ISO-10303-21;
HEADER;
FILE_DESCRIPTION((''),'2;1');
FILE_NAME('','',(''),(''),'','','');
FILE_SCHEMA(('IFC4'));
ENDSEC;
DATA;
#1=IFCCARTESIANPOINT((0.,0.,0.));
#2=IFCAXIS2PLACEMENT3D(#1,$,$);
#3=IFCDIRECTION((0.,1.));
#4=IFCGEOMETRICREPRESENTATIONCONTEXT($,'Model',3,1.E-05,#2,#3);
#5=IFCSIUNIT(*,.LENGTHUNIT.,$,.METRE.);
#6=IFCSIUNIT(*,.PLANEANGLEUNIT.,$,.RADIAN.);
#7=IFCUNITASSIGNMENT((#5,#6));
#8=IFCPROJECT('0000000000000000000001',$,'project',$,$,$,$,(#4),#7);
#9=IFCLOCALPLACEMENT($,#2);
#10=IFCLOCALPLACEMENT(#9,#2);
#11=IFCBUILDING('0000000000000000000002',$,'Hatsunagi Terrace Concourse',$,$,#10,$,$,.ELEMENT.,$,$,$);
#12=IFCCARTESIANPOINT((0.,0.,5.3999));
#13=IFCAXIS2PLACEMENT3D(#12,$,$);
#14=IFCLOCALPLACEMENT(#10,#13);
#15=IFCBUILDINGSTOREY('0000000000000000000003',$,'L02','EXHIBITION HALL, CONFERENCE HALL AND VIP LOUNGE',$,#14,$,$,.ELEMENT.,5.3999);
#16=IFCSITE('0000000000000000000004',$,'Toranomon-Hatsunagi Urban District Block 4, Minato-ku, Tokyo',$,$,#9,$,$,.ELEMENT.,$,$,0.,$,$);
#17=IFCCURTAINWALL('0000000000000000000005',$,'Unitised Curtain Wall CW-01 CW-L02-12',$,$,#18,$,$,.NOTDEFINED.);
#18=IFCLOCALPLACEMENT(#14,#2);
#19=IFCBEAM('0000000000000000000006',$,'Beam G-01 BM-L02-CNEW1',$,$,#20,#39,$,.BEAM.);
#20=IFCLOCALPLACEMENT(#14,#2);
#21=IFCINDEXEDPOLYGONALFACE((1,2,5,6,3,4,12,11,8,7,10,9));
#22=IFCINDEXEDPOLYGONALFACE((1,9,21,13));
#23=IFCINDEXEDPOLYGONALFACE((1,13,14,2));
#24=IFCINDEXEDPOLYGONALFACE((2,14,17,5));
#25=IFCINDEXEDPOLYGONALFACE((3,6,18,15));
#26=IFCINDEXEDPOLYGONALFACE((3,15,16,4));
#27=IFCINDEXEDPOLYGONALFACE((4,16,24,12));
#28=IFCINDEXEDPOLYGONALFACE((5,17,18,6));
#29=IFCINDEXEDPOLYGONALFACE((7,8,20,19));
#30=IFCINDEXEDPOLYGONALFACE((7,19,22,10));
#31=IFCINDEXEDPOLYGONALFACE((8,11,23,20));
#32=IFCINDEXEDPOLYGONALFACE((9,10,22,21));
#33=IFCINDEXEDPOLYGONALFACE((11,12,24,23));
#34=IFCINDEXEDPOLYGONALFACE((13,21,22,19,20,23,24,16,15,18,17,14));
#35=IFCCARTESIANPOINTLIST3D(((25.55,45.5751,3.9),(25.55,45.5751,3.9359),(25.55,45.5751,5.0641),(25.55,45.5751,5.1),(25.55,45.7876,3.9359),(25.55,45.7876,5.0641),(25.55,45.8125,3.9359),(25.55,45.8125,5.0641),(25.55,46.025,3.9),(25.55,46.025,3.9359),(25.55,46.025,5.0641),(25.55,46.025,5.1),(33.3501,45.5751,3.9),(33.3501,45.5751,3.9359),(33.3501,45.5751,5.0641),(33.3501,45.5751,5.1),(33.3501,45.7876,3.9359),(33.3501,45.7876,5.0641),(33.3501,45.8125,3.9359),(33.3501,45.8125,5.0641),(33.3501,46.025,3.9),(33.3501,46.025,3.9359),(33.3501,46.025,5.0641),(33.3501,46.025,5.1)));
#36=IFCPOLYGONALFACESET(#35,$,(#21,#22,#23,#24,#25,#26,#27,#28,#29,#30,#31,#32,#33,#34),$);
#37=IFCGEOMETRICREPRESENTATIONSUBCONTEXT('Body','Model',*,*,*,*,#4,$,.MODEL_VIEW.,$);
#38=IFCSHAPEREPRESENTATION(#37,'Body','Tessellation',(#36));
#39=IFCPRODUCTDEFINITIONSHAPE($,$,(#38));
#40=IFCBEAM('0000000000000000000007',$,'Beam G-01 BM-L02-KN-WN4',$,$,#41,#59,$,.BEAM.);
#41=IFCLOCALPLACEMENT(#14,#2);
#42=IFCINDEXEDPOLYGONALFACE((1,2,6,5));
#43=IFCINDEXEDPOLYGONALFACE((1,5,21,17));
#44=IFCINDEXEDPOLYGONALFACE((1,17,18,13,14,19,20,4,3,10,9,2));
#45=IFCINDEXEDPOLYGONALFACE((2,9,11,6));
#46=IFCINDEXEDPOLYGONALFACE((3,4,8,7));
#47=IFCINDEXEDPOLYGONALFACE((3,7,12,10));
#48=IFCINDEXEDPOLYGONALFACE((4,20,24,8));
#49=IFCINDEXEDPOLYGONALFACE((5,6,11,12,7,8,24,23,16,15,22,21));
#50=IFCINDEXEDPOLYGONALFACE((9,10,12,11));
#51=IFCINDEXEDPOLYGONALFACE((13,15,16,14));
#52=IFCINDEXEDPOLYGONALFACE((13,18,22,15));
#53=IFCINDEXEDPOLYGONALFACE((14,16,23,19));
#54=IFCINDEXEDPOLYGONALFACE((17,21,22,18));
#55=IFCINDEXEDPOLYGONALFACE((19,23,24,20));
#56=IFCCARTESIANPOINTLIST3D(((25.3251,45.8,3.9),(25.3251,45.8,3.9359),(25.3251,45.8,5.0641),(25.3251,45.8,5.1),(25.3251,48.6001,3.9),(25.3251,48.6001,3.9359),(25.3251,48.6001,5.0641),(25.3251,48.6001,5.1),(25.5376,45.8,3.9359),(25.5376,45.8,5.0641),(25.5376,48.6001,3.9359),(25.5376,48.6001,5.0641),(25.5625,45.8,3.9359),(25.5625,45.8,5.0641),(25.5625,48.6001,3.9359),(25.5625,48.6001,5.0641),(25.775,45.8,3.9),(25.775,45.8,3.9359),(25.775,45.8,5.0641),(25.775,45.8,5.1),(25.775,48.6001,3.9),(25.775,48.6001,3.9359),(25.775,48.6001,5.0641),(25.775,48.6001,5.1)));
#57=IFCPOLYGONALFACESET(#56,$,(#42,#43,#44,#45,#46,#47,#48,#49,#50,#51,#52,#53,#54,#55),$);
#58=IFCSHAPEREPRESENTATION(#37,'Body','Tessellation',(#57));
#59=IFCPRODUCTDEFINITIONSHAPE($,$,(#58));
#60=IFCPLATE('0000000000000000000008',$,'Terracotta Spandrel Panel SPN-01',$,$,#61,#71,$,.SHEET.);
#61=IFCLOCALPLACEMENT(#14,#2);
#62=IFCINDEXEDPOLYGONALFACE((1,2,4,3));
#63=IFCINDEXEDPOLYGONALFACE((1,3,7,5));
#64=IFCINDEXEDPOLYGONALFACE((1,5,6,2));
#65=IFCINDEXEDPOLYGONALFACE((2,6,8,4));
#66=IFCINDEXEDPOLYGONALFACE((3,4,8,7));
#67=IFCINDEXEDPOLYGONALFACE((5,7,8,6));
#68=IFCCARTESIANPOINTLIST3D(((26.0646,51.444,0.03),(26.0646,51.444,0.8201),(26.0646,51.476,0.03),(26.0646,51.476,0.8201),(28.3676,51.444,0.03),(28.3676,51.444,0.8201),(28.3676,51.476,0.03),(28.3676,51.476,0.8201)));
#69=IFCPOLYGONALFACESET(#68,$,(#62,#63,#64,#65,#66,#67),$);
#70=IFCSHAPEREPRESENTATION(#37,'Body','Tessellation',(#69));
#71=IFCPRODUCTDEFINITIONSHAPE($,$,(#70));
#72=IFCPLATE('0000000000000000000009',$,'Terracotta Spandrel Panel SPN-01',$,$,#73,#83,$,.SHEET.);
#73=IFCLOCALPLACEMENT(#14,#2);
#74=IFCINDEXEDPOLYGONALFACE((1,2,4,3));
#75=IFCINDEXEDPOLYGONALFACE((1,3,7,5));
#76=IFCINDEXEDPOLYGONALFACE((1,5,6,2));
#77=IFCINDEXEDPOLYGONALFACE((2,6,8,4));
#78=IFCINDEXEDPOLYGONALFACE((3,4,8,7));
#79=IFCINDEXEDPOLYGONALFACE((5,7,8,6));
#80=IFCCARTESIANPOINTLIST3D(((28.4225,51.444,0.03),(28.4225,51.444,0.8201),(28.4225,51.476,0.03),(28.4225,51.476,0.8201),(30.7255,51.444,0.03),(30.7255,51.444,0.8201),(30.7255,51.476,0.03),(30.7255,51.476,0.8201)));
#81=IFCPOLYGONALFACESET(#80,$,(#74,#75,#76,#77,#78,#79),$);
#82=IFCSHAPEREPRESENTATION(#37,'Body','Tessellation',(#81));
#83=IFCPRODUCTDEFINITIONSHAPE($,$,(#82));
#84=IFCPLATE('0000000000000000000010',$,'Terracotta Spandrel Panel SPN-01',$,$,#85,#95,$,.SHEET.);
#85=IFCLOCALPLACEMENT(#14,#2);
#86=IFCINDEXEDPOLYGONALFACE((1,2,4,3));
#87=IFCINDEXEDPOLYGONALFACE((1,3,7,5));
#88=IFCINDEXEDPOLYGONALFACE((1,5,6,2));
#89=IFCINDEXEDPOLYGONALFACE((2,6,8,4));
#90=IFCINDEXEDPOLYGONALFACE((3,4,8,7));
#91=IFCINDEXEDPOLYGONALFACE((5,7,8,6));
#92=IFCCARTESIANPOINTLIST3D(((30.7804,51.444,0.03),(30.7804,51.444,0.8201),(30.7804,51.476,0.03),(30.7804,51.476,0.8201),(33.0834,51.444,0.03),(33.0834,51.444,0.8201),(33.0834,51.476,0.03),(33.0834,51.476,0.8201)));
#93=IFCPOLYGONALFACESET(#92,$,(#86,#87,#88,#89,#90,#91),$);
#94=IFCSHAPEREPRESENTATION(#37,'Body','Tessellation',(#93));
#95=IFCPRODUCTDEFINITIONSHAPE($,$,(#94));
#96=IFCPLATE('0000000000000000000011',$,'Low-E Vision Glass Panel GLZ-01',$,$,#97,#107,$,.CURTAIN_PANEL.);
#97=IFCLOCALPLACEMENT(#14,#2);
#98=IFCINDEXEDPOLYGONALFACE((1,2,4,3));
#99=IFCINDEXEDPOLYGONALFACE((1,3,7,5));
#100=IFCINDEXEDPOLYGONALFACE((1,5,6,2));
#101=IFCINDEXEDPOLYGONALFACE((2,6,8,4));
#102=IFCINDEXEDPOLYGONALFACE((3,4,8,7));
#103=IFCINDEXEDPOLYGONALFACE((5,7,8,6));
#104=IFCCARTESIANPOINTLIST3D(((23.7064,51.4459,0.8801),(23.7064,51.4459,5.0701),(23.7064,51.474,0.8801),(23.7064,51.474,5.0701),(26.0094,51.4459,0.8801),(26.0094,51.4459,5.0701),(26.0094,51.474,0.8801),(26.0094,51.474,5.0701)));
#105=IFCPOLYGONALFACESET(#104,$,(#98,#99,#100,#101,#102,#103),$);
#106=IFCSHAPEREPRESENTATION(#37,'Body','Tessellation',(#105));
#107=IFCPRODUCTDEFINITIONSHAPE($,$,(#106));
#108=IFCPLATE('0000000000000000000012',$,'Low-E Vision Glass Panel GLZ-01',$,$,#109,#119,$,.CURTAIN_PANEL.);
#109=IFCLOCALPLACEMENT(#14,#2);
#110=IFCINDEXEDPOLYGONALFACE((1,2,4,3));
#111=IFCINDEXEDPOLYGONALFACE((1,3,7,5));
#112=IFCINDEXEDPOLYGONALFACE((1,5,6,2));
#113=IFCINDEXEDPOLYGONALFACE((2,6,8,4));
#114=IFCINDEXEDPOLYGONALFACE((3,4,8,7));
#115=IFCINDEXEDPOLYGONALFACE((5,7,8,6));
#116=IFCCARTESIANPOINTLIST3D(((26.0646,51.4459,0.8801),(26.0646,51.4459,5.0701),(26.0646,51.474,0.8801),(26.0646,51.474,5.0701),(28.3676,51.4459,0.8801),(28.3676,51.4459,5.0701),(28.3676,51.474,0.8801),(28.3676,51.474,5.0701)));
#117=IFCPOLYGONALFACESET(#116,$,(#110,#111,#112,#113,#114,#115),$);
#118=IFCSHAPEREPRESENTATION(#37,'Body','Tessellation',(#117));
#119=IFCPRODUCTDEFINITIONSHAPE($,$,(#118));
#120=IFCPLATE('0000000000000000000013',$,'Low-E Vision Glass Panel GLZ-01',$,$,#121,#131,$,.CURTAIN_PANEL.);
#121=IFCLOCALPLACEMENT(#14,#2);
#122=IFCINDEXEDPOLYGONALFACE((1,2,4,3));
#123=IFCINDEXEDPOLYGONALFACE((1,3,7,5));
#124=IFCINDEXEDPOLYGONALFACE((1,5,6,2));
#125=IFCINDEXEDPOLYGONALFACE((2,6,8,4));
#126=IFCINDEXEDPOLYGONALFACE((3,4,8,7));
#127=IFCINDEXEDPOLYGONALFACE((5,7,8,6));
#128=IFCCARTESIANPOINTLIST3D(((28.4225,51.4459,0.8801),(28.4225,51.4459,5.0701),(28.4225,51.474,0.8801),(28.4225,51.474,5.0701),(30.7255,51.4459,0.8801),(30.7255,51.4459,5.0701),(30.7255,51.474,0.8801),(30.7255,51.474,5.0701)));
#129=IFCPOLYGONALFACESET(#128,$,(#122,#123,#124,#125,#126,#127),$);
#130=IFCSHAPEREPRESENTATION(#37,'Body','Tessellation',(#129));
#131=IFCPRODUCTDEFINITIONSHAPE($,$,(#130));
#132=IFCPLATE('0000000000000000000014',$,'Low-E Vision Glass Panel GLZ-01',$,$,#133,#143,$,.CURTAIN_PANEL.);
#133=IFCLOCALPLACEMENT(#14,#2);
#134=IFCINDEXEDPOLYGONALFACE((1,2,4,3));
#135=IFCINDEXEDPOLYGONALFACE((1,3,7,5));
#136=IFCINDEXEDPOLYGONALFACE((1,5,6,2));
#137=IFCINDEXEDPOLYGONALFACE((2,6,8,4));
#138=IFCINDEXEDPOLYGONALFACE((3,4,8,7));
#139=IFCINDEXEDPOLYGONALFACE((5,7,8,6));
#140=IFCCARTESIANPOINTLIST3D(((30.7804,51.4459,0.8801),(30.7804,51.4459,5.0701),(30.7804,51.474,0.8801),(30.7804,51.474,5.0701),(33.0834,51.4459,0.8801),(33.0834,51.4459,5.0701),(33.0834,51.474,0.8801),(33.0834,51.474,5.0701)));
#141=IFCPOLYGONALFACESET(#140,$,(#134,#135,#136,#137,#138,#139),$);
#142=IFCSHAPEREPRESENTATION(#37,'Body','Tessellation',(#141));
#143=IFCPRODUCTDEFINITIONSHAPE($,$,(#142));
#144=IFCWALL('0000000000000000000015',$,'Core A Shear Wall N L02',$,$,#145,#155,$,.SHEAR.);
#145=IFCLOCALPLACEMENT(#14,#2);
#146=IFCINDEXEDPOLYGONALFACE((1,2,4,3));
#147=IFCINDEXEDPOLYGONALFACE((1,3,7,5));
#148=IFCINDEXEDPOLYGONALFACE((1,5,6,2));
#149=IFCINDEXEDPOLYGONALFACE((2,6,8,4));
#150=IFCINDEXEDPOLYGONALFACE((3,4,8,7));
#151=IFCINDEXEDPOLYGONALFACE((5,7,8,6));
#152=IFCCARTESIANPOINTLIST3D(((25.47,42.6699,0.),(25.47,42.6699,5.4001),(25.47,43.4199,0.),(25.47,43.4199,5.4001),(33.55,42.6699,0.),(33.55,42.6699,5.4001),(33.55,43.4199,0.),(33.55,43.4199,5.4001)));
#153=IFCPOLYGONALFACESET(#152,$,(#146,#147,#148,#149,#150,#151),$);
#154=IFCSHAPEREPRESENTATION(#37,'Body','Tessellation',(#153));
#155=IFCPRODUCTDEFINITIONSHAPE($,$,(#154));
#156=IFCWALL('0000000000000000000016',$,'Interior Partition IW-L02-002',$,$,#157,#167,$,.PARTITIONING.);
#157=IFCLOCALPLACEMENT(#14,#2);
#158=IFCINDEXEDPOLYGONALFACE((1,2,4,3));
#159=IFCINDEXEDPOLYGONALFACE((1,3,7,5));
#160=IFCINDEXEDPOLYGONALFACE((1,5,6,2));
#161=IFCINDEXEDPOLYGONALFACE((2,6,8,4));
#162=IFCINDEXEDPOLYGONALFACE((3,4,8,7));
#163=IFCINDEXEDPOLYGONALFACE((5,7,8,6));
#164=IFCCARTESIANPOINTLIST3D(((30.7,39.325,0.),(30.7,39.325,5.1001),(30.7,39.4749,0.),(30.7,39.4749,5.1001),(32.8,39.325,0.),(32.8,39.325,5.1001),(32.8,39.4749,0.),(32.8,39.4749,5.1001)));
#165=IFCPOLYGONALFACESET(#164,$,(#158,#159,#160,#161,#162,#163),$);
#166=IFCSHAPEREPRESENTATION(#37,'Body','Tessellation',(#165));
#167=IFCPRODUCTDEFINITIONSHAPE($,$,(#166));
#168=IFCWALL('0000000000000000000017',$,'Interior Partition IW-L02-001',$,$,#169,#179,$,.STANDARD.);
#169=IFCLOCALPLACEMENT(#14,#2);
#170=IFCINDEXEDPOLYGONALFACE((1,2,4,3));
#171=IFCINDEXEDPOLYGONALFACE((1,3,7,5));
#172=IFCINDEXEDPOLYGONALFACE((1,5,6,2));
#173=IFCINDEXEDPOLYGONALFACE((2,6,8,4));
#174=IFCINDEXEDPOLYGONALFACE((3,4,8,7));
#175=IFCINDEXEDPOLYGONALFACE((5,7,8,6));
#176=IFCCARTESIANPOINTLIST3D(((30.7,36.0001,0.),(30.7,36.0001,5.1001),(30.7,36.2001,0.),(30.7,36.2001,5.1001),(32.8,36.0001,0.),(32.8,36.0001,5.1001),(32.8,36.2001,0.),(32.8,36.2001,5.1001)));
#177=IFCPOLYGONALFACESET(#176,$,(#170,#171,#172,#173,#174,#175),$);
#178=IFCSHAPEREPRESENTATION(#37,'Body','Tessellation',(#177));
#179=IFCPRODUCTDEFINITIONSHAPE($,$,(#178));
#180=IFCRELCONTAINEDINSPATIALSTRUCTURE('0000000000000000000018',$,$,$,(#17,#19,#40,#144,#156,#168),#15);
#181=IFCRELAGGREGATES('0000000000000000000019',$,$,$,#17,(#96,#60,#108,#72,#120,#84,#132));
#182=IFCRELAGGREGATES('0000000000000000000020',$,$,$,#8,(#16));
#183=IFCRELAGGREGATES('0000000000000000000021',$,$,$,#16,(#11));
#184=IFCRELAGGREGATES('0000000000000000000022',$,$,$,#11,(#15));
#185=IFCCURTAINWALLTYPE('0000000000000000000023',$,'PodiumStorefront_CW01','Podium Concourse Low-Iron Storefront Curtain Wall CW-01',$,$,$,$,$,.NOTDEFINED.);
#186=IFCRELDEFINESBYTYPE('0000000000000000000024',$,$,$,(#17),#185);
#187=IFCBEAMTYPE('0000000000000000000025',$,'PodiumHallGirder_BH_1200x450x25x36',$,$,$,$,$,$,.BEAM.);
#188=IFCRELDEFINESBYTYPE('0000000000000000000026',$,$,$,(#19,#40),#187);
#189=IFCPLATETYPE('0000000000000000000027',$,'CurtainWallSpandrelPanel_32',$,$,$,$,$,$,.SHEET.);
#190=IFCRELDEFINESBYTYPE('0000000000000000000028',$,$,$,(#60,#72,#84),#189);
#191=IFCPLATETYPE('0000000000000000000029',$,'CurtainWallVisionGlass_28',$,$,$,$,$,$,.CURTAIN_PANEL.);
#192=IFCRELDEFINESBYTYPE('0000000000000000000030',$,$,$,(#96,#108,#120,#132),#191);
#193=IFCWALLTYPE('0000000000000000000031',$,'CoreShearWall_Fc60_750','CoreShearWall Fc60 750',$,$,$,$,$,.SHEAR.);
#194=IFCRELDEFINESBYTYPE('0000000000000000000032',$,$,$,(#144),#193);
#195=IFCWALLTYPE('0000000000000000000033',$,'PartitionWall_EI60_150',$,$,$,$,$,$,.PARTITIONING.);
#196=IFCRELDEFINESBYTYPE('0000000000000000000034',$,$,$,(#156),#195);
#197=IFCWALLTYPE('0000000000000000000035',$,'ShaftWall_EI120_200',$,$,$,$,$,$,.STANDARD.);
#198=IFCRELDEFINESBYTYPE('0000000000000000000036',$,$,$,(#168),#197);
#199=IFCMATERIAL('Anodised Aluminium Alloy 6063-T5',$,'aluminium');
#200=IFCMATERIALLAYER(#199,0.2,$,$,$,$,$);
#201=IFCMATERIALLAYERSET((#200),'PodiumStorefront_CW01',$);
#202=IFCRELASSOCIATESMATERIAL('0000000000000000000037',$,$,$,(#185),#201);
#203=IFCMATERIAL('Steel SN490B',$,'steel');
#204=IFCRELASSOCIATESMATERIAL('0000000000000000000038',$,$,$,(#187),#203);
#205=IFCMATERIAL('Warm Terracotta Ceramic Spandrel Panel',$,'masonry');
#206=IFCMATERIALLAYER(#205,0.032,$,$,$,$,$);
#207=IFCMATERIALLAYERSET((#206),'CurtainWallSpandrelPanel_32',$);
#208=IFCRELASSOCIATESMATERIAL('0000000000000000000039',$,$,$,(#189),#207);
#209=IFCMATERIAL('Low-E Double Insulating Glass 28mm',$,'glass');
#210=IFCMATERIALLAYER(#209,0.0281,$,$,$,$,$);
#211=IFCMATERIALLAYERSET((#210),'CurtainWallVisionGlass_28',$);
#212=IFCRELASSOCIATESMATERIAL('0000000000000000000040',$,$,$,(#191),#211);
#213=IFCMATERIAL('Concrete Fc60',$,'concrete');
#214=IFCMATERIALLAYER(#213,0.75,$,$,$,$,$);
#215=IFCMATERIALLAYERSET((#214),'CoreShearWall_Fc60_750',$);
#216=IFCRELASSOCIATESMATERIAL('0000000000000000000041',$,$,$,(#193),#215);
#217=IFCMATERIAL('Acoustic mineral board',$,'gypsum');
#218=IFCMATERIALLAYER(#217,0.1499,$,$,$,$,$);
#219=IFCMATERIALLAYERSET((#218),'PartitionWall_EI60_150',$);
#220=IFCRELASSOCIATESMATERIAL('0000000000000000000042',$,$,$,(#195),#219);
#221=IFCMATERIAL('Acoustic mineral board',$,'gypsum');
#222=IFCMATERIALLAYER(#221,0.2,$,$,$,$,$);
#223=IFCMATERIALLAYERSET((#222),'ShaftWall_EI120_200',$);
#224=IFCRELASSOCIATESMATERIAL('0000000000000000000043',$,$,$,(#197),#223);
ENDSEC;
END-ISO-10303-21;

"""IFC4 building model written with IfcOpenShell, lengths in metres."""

from ifc_helpers import new_model, si_unit, direction, frame, frame_2d, origin, origin_2d, place, context, subcontext, project, spatial, rectangle, i_section, extrude, material, layer, layer_set, material_profile, profile_set, type_object, element, aggregate, save


model = new_model("IFC4")

# Units and contexts
model_context = context("Model", 3, precision=1e-05, world=origin(), true_north=direction((0.0, 1.0)))
body_context = subcontext(model_context, "Body", "Model", "MODEL_VIEW")
ifc_project = project(units=[si_unit("LENGTHUNIT", "METRE"), si_unit("PLANEANGLEUNIT", "RADIAN")], contexts=[model_context])

# Site, building, storey
site_placement = place(None, origin())
site = spatial("IfcSite", under=ifc_project, at=site_placement, Name="Toranomon-Hatsunagi Urban District Block 4, Minato-ku, Tokyo", CompositionType="ELEMENT", RefElevation=0.0)
building_placement = place(site_placement, origin())
building = spatial("IfcBuilding", under=site, at=building_placement, Name="Hatsunagi Terrace Concourse", CompositionType="ELEMENT")
storey_placement = place(building_placement, frame((0.0, 0.0, 5.3999)))
storey = spatial("IfcBuildingStorey", under=building, at=storey_placement, Name="L02", Description="EXHIBITION HALL, CONFERENCE HALL AND VIP LOUNGE", CompositionType="ELEMENT", Elevation=5.3999)

# Curtain wall
ifc_material_1 = material(Name="Anodised Aluminium Alloy 6063-T5", Category="aluminium")
ifc_layer_1 = layer(ifc_material_1, 0.2)
ifc_layer_set_1 = layer_set([ifc_layer_1], Name="PodiumStorefront_CW01")
curtain_wall_type = type_object("IfcCurtainWallType", Name="PodiumStorefront_CW01", Description="Podium Concourse Low-Iron Storefront Curtain Wall CW-01", PredefinedType="NOTDEFINED", material=ifc_layer_set_1)
curtain_wall_placement = place(storey_placement, origin())
curtain_wall = element("IfcCurtainWall", 1, at=curtain_wall_placement, inside=storey, type_object=curtain_wall_type, Name="Unitised Curtain Wall CW-01 CW-L02-12", PredefinedType="NOTDEFINED")

# Beams
ifc_material_2 = material(Name="Steel SN490B", Category="steel")
ifc_material_profile_1 = material_profile(ifc_material_2, i_section(OverallWidth=0.45, OverallDepth=1.2, WebThickness=0.0249, FlangeThickness=0.0359, at=origin_2d()), Name="BH-1200x450x25x36")
ifc_profile_set_1 = profile_set([ifc_material_profile_1], Name="Steel SN490B")
beam_type_1 = type_object("IfcBeamType", Name="PodiumHallGirder_BH_1200x450x25x36", PredefinedType="BEAM", material=ifc_profile_set_1)
beam_1_placement = place(storey_placement, frame((25.55, 45.8, 4.5), z_axis=(1.0, 0.0, 0.0), x_axis=(0.0, 1.0, 0.0)))
element("IfcBeam", 2, at=beam_1_placement, inside=storey, type_object=beam_type_1, Name="Beam G-01 BM-L02-CNEW1", PredefinedType="BEAM", context=body_context, shape_type="SweptSolid", body=[
    extrude(i_section(OverallWidth=0.45, OverallDepth=1.2, WebThickness=0.0249, FlangeThickness=0.0359, at=origin_2d()), origin(), (0.0, 0.0, 1.0), 7.8),
])
beam_2_placement = place(storey_placement, frame((25.55, 45.8, 4.5), z_axis=(0.0, 1.0, 0.0), x_axis=(-1.0, 0.0, 0.0)))
element("IfcBeam", 3, at=beam_2_placement, inside=storey, type_object=beam_type_1, Name="Beam G-01 BM-L02-KN-WN4", PredefinedType="BEAM", context=body_context, shape_type="SweptSolid", body=[
    extrude(i_section(OverallWidth=0.45, OverallDepth=1.2, WebThickness=0.0249, FlangeThickness=0.0359, at=origin_2d()), origin(), (0.0, 0.0, 1.0), 2.8),
])

# Plates
ifc_material_3 = material(Name="Warm Terracotta Ceramic Spandrel Panel", Category="masonry")
ifc_layer_2 = layer(ifc_material_3, 0.032)
ifc_layer_set_2 = layer_set([ifc_layer_2], Name="CurtainWallSpandrelPanel_32")
plate_type_1 = type_object("IfcPlateType", Name="CurtainWallSpandrelPanel_32", PredefinedType="SHEET", material=ifc_layer_set_2)
plate_1_placement = place(storey_placement, frame((27.2161, 51.46, 0.03), z_axis=(0.0, 0.0, 1.0), x_axis=(1.0, 0.0, 0.0)))
plate_1 = element("IfcPlate", 4, at=plate_1_placement, type_object=plate_type_1, Name="Terracotta Spandrel Panel SPN-01", PredefinedType="SHEET", context=body_context, shape_type="SweptSolid", body=[
    extrude(rectangle(XDim=2.303, YDim=0.032, at=origin_2d()), origin(), (0.0, 0.0, 1.0), 0.79),
])
plate_2_placement = place(storey_placement, frame((29.574, 51.46, 0.03), z_axis=(0.0, 0.0, 1.0), x_axis=(1.0, 0.0, 0.0)))
plate_2 = element("IfcPlate", 5, at=plate_2_placement, type_object=plate_type_1, Name="Terracotta Spandrel Panel SPN-01", PredefinedType="SHEET", context=body_context, shape_type="SweptSolid", body=[
    extrude(rectangle(XDim=2.303, YDim=0.032, at=origin_2d()), origin(), (0.0, 0.0, 1.0), 0.79),
])
plate_3_placement = place(storey_placement, frame((31.9319, 51.46, 0.03), z_axis=(0.0, 0.0, 1.0), x_axis=(1.0, 0.0, 0.0)))
plate_3 = element("IfcPlate", 6, at=plate_3_placement, type_object=plate_type_1, Name="Terracotta Spandrel Panel SPN-01", PredefinedType="SHEET", context=body_context, shape_type="SweptSolid", body=[
    extrude(rectangle(XDim=2.303, YDim=0.032, at=origin_2d()), origin(), (0.0, 0.0, 1.0), 0.79),
])
ifc_material_4 = material(Name="Low-E Double Insulating Glass 28mm", Category="glass")
ifc_layer_3 = layer(ifc_material_4, 0.0281)
ifc_layer_set_3 = layer_set([ifc_layer_3], Name="CurtainWallVisionGlass_28")
plate_type_2 = type_object("IfcPlateType", Name="CurtainWallVisionGlass_28", PredefinedType="CURTAIN_PANEL", material=ifc_layer_set_3)
plate_4_placement = place(storey_placement, frame((24.8579, 51.46, 0.8801), z_axis=(0.0, 0.0, 1.0), x_axis=(1.0, 0.0, 0.0)))
plate_4 = element("IfcPlate", 7, at=plate_4_placement, type_object=plate_type_2, Name="Low-E Vision Glass Panel GLZ-01", PredefinedType="CURTAIN_PANEL", context=body_context, shape_type="SweptSolid", body=[
    extrude(rectangle(XDim=2.303, YDim=0.0281, at=origin_2d()), origin(), (0.0, 0.0, 1.0), 4.1899),
])
plate_5_placement = place(storey_placement, frame((27.2161, 51.46, 0.8801), z_axis=(0.0, 0.0, 1.0), x_axis=(1.0, 0.0, 0.0)))
plate_5 = element("IfcPlate", 8, at=plate_5_placement, type_object=plate_type_2, Name="Low-E Vision Glass Panel GLZ-01", PredefinedType="CURTAIN_PANEL", context=body_context, shape_type="SweptSolid", body=[
    extrude(rectangle(XDim=2.303, YDim=0.0281, at=origin_2d()), origin(), (0.0, 0.0, 1.0), 4.1899),
])
plate_6_placement = place(storey_placement, frame((29.574, 51.46, 0.8801), z_axis=(0.0, 0.0, 1.0), x_axis=(1.0, 0.0, 0.0)))
plate_6 = element("IfcPlate", 9, at=plate_6_placement, type_object=plate_type_2, Name="Low-E Vision Glass Panel GLZ-01", PredefinedType="CURTAIN_PANEL", context=body_context, shape_type="SweptSolid", body=[
    extrude(rectangle(XDim=2.303, YDim=0.0281, at=origin_2d()), origin(), (0.0, 0.0, 1.0), 4.1899),
])
plate_7_placement = place(storey_placement, frame((31.9319, 51.46, 0.8801), z_axis=(0.0, 0.0, 1.0), x_axis=(1.0, 0.0, 0.0)))
plate_7 = element("IfcPlate", 10, at=plate_7_placement, type_object=plate_type_2, Name="Low-E Vision Glass Panel GLZ-01", PredefinedType="CURTAIN_PANEL", context=body_context, shape_type="SweptSolid", body=[
    extrude(rectangle(XDim=2.303, YDim=0.0281, at=origin_2d()), origin(), (0.0, 0.0, 1.0), 4.1899),
])
aggregate(curtain_wall, [plate_4, plate_1, plate_5, plate_2, plate_6, plate_3, plate_7])

# Walls
ifc_material_5 = material(Name="Concrete Fc60", Category="concrete")
ifc_layer_4 = layer(ifc_material_5, 0.75)
ifc_layer_set_4 = layer_set([ifc_layer_4], Name="CoreShearWall_Fc60_750")
wall_type_1 = type_object("IfcWallType", Name="CoreShearWall_Fc60_750", Description="CoreShearWall Fc60 750", PredefinedType="SHEAR", material=ifc_layer_set_4)
wall_1_placement = place(storey_placement, frame((25.47, 43.0449, 0.0), z_axis=(0.0, 0.0, 1.0), x_axis=(1.0, 0.0, 0.0)))
element("IfcWall", 11, at=wall_1_placement, inside=storey, type_object=wall_type_1, Name="Core A Shear Wall N L02", PredefinedType="SHEAR", context=body_context, shape_type="SweptSolid", body=[
    extrude(rectangle(XDim=8.0801, YDim=0.75, at=frame_2d((4.04, 0.0))), origin(), (0.0, 0.0, 1.0), 5.4001),
])
ifc_material_6 = material(Name="Acoustic mineral board", Category="gypsum")
ifc_layer_5 = layer(ifc_material_6, 0.1499)
ifc_layer_set_5 = layer_set([ifc_layer_5], Name="PartitionWall_EI60_150")
wall_type_2 = type_object("IfcWallType", Name="PartitionWall_EI60_150", PredefinedType="PARTITIONING", material=ifc_layer_set_5)
wall_2_placement = place(storey_placement, frame((30.7, 39.3999, 0.0), z_axis=(0.0, 0.0, 1.0), x_axis=(1.0, 0.0, 0.0)))
element("IfcWall", 12, at=wall_2_placement, inside=storey, type_object=wall_type_2, Name="Interior Partition IW-L02-002", PredefinedType="PARTITIONING", context=body_context, shape_type="SweptSolid", body=[
    extrude(rectangle(XDim=2.1001, YDim=0.1499, at=frame_2d((1.05, 0.0))), origin(), (0.0, 0.0, 1.0), 5.1001),
])
ifc_material_7 = material(Name="Acoustic mineral board", Category="gypsum")
ifc_layer_6 = layer(ifc_material_7, 0.2)
ifc_layer_set_6 = layer_set([ifc_layer_6], Name="ShaftWall_EI120_200")
wall_type_3 = type_object("IfcWallType", Name="ShaftWall_EI120_200", PredefinedType="STANDARD", material=ifc_layer_set_6)
wall_3_placement = place(storey_placement, frame((30.7, 36.1001, 0.0), z_axis=(0.0, 0.0, 1.0), x_axis=(1.0, 0.0, 0.0)))
element("IfcWall", 13, at=wall_3_placement, inside=storey, type_object=wall_type_3, Name="Interior Partition IW-L02-001", PredefinedType="STANDARD", context=body_context, shape_type="SweptSolid", body=[
    extrude(rectangle(XDim=2.1001, YDim=0.2, at=frame_2d((1.05, 0.0))), origin(), (0.0, 0.0, 1.0), 5.1001),
])

save(model, "model.ifc")
